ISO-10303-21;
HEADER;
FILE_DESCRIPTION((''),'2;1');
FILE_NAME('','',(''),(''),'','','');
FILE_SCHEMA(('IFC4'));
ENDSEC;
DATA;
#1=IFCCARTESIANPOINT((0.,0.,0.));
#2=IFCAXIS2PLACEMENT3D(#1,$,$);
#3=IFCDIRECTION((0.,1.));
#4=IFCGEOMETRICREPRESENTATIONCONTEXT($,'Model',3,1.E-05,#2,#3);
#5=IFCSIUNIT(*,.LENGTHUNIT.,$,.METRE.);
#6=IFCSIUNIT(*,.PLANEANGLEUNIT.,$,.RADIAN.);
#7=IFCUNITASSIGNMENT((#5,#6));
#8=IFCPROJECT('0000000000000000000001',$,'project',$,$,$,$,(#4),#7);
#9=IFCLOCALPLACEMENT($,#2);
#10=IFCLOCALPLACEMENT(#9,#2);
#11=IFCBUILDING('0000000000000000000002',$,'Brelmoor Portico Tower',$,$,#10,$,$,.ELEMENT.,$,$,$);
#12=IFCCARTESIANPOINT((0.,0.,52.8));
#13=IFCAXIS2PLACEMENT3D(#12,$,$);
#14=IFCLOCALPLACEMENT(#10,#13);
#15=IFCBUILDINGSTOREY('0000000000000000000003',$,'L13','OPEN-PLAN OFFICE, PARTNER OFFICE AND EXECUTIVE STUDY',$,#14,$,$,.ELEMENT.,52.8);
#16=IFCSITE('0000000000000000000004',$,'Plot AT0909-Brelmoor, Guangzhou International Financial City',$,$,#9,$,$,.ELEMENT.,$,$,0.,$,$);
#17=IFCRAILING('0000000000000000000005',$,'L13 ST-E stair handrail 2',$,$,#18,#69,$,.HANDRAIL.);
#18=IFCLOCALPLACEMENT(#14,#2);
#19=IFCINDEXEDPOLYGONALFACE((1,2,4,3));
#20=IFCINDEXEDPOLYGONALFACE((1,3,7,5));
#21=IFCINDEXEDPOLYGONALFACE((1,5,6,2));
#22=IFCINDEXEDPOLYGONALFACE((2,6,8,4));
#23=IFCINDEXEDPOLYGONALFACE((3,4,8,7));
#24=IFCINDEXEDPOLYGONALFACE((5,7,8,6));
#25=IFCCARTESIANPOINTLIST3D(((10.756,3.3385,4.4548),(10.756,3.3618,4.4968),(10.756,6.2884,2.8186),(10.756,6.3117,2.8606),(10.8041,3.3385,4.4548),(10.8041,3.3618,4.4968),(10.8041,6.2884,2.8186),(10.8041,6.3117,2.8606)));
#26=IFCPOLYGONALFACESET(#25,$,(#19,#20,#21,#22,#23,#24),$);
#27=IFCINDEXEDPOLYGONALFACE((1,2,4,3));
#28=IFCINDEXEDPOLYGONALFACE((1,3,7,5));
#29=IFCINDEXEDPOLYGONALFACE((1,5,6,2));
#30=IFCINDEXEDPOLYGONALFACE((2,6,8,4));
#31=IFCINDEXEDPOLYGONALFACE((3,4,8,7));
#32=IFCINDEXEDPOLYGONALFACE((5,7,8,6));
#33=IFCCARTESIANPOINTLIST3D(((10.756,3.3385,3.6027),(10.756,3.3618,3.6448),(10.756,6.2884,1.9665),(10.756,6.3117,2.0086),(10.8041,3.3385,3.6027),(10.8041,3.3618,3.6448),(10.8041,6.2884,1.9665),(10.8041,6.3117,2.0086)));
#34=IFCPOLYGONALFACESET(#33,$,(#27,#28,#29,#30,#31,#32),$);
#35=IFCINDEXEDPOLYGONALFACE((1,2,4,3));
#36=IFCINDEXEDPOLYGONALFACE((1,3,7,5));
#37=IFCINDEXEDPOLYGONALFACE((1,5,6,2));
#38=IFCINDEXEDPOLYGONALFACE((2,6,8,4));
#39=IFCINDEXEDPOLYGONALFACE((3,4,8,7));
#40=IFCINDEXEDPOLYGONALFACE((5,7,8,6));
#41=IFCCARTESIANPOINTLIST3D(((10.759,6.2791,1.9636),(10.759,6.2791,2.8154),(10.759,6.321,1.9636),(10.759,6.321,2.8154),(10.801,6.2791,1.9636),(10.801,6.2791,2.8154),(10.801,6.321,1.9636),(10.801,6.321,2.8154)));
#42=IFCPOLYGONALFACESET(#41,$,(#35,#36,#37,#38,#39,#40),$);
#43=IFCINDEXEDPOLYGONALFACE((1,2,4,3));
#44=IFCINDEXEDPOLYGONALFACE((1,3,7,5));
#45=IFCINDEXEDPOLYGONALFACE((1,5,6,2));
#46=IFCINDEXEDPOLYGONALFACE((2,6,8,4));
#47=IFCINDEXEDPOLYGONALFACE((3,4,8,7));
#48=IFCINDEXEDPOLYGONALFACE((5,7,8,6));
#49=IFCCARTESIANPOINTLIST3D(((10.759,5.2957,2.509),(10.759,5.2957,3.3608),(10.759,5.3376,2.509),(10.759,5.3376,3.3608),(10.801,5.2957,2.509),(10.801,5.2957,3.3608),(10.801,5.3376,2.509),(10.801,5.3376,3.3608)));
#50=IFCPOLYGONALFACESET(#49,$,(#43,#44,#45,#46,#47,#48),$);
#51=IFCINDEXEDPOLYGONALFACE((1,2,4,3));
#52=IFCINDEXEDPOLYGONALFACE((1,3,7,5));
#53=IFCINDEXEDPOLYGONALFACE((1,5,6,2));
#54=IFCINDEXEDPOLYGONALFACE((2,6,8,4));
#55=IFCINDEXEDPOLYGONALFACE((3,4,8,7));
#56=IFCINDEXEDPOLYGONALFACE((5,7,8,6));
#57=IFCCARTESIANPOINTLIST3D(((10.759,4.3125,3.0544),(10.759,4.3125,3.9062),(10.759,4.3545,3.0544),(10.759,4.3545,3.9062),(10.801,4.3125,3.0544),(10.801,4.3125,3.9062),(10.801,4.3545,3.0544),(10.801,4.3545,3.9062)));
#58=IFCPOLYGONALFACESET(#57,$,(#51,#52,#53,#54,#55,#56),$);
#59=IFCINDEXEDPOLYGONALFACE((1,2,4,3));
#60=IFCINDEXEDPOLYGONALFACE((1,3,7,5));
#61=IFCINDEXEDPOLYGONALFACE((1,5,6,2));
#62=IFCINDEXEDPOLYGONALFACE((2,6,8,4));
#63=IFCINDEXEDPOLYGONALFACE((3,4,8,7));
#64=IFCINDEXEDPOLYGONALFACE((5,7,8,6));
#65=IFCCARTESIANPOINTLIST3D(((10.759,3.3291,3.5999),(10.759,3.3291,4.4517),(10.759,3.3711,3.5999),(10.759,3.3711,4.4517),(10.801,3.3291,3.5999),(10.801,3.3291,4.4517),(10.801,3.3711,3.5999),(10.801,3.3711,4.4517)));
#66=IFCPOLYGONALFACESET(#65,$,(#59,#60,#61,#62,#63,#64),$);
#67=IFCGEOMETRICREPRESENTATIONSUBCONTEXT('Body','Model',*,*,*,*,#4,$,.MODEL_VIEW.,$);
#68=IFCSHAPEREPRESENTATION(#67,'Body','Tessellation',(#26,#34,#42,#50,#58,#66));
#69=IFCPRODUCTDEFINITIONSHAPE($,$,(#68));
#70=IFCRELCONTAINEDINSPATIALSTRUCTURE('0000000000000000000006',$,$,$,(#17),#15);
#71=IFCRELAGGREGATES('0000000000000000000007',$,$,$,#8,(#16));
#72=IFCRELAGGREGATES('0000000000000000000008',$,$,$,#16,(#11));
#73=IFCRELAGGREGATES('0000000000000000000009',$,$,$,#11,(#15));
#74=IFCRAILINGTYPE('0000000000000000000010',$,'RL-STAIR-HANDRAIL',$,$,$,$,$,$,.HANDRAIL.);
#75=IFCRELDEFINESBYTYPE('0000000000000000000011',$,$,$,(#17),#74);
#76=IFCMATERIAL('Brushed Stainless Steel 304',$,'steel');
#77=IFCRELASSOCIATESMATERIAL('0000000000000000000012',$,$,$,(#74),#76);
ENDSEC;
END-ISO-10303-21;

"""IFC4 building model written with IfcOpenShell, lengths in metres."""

from ifc_helpers import new_model, si_unit, direction, frame, origin, origin_2d, place, context, subcontext, project, spatial, rectangle, extrude, material, type_object, element, save


model = new_model("IFC4")

# Units and contexts
model_context = context("Model", 3, precision=1e-05, world=origin(), true_north=direction((0.0, 1.0)))
body_context = subcontext(model_context, "Body", "Model", "MODEL_VIEW")
ifc_project = project(units=[si_unit("LENGTHUNIT", "METRE"), si_unit("PLANEANGLEUNIT", "RADIAN")], contexts=[model_context])

# Site, building, storey
site_placement = place(None, origin())
site = spatial("IfcSite", under=ifc_project, at=site_placement, Name="Plot AT0909-Brelmoor, Guangzhou International Financial City", CompositionType="ELEMENT", RefElevation=0.0)
building_placement = place(site_placement, origin())
building = spatial("IfcBuilding", under=site, at=building_placement, Name="Brelmoor Portico Tower", CompositionType="ELEMENT")
storey_placement = place(building_placement, frame((0.0, 0.0, 52.8)))
storey = spatial("IfcBuildingStorey", under=building, at=storey_placement, Name="L13", Description="OPEN-PLAN OFFICE, PARTNER OFFICE AND EXECUTIVE STUDY", CompositionType="ELEMENT", Elevation=52.8)

# Railing
ifc_material_1 = material(Name="Brushed Stainless Steel 304", Category="steel")
railing_type_1 = type_object("IfcRailingType", Name="RL-STAIR-HANDRAIL", PredefinedType="HANDRAIL", material=ifc_material_1)
railing_1_placement = place(storey_placement, frame((10.78, 6.3, 1.9636)))
element("IfcRailing", 1, at=railing_1_placement, inside=storey, type_object=railing_type_1, Name="L13 ST-E stair handrail 2", PredefinedType="HANDRAIL", context=body_context, shape_type="SweptSolid", body=[
    extrude(rectangle(XDim=0.0481, YDim=0.0481, at=origin_2d()), frame((0.0, 0.0, 0.876), z_axis=(0.0, -0.874488, 0.485047), x_axis=(1.0, 0.0, 0.0)), (0.0, 0.0, 1.0), 3.3733),
    extrude(rectangle(XDim=0.0481, YDim=0.0481, at=origin_2d()), frame((0.0, 0.0, 0.0239), z_axis=(0.0, -0.874488, 0.485047), x_axis=(1.0, 0.0, 0.0)), (0.0, 0.0, 1.0), 3.3733),
    extrude(rectangle(XDim=0.042, YDim=0.042, at=origin_2d()), origin(), (0.0, 0.0, 1.0), 0.8518),
    extrude(rectangle(XDim=0.042, YDim=0.042, at=origin_2d()), frame((0.0, -0.9834, 0.5454)), (0.0, 0.0, 1.0), 0.8518),
    extrude(rectangle(XDim=0.042, YDim=0.042, at=origin_2d()), frame((0.0, -1.9666, 1.0908)), (0.0, 0.0, 1.0), 0.8518),
    extrude(rectangle(XDim=0.042, YDim=0.042, at=origin_2d()), frame((0.0, -2.95, 1.6362)), (0.0, 0.0, 1.0), 0.8518),
])

save(model, "model.ifc")
